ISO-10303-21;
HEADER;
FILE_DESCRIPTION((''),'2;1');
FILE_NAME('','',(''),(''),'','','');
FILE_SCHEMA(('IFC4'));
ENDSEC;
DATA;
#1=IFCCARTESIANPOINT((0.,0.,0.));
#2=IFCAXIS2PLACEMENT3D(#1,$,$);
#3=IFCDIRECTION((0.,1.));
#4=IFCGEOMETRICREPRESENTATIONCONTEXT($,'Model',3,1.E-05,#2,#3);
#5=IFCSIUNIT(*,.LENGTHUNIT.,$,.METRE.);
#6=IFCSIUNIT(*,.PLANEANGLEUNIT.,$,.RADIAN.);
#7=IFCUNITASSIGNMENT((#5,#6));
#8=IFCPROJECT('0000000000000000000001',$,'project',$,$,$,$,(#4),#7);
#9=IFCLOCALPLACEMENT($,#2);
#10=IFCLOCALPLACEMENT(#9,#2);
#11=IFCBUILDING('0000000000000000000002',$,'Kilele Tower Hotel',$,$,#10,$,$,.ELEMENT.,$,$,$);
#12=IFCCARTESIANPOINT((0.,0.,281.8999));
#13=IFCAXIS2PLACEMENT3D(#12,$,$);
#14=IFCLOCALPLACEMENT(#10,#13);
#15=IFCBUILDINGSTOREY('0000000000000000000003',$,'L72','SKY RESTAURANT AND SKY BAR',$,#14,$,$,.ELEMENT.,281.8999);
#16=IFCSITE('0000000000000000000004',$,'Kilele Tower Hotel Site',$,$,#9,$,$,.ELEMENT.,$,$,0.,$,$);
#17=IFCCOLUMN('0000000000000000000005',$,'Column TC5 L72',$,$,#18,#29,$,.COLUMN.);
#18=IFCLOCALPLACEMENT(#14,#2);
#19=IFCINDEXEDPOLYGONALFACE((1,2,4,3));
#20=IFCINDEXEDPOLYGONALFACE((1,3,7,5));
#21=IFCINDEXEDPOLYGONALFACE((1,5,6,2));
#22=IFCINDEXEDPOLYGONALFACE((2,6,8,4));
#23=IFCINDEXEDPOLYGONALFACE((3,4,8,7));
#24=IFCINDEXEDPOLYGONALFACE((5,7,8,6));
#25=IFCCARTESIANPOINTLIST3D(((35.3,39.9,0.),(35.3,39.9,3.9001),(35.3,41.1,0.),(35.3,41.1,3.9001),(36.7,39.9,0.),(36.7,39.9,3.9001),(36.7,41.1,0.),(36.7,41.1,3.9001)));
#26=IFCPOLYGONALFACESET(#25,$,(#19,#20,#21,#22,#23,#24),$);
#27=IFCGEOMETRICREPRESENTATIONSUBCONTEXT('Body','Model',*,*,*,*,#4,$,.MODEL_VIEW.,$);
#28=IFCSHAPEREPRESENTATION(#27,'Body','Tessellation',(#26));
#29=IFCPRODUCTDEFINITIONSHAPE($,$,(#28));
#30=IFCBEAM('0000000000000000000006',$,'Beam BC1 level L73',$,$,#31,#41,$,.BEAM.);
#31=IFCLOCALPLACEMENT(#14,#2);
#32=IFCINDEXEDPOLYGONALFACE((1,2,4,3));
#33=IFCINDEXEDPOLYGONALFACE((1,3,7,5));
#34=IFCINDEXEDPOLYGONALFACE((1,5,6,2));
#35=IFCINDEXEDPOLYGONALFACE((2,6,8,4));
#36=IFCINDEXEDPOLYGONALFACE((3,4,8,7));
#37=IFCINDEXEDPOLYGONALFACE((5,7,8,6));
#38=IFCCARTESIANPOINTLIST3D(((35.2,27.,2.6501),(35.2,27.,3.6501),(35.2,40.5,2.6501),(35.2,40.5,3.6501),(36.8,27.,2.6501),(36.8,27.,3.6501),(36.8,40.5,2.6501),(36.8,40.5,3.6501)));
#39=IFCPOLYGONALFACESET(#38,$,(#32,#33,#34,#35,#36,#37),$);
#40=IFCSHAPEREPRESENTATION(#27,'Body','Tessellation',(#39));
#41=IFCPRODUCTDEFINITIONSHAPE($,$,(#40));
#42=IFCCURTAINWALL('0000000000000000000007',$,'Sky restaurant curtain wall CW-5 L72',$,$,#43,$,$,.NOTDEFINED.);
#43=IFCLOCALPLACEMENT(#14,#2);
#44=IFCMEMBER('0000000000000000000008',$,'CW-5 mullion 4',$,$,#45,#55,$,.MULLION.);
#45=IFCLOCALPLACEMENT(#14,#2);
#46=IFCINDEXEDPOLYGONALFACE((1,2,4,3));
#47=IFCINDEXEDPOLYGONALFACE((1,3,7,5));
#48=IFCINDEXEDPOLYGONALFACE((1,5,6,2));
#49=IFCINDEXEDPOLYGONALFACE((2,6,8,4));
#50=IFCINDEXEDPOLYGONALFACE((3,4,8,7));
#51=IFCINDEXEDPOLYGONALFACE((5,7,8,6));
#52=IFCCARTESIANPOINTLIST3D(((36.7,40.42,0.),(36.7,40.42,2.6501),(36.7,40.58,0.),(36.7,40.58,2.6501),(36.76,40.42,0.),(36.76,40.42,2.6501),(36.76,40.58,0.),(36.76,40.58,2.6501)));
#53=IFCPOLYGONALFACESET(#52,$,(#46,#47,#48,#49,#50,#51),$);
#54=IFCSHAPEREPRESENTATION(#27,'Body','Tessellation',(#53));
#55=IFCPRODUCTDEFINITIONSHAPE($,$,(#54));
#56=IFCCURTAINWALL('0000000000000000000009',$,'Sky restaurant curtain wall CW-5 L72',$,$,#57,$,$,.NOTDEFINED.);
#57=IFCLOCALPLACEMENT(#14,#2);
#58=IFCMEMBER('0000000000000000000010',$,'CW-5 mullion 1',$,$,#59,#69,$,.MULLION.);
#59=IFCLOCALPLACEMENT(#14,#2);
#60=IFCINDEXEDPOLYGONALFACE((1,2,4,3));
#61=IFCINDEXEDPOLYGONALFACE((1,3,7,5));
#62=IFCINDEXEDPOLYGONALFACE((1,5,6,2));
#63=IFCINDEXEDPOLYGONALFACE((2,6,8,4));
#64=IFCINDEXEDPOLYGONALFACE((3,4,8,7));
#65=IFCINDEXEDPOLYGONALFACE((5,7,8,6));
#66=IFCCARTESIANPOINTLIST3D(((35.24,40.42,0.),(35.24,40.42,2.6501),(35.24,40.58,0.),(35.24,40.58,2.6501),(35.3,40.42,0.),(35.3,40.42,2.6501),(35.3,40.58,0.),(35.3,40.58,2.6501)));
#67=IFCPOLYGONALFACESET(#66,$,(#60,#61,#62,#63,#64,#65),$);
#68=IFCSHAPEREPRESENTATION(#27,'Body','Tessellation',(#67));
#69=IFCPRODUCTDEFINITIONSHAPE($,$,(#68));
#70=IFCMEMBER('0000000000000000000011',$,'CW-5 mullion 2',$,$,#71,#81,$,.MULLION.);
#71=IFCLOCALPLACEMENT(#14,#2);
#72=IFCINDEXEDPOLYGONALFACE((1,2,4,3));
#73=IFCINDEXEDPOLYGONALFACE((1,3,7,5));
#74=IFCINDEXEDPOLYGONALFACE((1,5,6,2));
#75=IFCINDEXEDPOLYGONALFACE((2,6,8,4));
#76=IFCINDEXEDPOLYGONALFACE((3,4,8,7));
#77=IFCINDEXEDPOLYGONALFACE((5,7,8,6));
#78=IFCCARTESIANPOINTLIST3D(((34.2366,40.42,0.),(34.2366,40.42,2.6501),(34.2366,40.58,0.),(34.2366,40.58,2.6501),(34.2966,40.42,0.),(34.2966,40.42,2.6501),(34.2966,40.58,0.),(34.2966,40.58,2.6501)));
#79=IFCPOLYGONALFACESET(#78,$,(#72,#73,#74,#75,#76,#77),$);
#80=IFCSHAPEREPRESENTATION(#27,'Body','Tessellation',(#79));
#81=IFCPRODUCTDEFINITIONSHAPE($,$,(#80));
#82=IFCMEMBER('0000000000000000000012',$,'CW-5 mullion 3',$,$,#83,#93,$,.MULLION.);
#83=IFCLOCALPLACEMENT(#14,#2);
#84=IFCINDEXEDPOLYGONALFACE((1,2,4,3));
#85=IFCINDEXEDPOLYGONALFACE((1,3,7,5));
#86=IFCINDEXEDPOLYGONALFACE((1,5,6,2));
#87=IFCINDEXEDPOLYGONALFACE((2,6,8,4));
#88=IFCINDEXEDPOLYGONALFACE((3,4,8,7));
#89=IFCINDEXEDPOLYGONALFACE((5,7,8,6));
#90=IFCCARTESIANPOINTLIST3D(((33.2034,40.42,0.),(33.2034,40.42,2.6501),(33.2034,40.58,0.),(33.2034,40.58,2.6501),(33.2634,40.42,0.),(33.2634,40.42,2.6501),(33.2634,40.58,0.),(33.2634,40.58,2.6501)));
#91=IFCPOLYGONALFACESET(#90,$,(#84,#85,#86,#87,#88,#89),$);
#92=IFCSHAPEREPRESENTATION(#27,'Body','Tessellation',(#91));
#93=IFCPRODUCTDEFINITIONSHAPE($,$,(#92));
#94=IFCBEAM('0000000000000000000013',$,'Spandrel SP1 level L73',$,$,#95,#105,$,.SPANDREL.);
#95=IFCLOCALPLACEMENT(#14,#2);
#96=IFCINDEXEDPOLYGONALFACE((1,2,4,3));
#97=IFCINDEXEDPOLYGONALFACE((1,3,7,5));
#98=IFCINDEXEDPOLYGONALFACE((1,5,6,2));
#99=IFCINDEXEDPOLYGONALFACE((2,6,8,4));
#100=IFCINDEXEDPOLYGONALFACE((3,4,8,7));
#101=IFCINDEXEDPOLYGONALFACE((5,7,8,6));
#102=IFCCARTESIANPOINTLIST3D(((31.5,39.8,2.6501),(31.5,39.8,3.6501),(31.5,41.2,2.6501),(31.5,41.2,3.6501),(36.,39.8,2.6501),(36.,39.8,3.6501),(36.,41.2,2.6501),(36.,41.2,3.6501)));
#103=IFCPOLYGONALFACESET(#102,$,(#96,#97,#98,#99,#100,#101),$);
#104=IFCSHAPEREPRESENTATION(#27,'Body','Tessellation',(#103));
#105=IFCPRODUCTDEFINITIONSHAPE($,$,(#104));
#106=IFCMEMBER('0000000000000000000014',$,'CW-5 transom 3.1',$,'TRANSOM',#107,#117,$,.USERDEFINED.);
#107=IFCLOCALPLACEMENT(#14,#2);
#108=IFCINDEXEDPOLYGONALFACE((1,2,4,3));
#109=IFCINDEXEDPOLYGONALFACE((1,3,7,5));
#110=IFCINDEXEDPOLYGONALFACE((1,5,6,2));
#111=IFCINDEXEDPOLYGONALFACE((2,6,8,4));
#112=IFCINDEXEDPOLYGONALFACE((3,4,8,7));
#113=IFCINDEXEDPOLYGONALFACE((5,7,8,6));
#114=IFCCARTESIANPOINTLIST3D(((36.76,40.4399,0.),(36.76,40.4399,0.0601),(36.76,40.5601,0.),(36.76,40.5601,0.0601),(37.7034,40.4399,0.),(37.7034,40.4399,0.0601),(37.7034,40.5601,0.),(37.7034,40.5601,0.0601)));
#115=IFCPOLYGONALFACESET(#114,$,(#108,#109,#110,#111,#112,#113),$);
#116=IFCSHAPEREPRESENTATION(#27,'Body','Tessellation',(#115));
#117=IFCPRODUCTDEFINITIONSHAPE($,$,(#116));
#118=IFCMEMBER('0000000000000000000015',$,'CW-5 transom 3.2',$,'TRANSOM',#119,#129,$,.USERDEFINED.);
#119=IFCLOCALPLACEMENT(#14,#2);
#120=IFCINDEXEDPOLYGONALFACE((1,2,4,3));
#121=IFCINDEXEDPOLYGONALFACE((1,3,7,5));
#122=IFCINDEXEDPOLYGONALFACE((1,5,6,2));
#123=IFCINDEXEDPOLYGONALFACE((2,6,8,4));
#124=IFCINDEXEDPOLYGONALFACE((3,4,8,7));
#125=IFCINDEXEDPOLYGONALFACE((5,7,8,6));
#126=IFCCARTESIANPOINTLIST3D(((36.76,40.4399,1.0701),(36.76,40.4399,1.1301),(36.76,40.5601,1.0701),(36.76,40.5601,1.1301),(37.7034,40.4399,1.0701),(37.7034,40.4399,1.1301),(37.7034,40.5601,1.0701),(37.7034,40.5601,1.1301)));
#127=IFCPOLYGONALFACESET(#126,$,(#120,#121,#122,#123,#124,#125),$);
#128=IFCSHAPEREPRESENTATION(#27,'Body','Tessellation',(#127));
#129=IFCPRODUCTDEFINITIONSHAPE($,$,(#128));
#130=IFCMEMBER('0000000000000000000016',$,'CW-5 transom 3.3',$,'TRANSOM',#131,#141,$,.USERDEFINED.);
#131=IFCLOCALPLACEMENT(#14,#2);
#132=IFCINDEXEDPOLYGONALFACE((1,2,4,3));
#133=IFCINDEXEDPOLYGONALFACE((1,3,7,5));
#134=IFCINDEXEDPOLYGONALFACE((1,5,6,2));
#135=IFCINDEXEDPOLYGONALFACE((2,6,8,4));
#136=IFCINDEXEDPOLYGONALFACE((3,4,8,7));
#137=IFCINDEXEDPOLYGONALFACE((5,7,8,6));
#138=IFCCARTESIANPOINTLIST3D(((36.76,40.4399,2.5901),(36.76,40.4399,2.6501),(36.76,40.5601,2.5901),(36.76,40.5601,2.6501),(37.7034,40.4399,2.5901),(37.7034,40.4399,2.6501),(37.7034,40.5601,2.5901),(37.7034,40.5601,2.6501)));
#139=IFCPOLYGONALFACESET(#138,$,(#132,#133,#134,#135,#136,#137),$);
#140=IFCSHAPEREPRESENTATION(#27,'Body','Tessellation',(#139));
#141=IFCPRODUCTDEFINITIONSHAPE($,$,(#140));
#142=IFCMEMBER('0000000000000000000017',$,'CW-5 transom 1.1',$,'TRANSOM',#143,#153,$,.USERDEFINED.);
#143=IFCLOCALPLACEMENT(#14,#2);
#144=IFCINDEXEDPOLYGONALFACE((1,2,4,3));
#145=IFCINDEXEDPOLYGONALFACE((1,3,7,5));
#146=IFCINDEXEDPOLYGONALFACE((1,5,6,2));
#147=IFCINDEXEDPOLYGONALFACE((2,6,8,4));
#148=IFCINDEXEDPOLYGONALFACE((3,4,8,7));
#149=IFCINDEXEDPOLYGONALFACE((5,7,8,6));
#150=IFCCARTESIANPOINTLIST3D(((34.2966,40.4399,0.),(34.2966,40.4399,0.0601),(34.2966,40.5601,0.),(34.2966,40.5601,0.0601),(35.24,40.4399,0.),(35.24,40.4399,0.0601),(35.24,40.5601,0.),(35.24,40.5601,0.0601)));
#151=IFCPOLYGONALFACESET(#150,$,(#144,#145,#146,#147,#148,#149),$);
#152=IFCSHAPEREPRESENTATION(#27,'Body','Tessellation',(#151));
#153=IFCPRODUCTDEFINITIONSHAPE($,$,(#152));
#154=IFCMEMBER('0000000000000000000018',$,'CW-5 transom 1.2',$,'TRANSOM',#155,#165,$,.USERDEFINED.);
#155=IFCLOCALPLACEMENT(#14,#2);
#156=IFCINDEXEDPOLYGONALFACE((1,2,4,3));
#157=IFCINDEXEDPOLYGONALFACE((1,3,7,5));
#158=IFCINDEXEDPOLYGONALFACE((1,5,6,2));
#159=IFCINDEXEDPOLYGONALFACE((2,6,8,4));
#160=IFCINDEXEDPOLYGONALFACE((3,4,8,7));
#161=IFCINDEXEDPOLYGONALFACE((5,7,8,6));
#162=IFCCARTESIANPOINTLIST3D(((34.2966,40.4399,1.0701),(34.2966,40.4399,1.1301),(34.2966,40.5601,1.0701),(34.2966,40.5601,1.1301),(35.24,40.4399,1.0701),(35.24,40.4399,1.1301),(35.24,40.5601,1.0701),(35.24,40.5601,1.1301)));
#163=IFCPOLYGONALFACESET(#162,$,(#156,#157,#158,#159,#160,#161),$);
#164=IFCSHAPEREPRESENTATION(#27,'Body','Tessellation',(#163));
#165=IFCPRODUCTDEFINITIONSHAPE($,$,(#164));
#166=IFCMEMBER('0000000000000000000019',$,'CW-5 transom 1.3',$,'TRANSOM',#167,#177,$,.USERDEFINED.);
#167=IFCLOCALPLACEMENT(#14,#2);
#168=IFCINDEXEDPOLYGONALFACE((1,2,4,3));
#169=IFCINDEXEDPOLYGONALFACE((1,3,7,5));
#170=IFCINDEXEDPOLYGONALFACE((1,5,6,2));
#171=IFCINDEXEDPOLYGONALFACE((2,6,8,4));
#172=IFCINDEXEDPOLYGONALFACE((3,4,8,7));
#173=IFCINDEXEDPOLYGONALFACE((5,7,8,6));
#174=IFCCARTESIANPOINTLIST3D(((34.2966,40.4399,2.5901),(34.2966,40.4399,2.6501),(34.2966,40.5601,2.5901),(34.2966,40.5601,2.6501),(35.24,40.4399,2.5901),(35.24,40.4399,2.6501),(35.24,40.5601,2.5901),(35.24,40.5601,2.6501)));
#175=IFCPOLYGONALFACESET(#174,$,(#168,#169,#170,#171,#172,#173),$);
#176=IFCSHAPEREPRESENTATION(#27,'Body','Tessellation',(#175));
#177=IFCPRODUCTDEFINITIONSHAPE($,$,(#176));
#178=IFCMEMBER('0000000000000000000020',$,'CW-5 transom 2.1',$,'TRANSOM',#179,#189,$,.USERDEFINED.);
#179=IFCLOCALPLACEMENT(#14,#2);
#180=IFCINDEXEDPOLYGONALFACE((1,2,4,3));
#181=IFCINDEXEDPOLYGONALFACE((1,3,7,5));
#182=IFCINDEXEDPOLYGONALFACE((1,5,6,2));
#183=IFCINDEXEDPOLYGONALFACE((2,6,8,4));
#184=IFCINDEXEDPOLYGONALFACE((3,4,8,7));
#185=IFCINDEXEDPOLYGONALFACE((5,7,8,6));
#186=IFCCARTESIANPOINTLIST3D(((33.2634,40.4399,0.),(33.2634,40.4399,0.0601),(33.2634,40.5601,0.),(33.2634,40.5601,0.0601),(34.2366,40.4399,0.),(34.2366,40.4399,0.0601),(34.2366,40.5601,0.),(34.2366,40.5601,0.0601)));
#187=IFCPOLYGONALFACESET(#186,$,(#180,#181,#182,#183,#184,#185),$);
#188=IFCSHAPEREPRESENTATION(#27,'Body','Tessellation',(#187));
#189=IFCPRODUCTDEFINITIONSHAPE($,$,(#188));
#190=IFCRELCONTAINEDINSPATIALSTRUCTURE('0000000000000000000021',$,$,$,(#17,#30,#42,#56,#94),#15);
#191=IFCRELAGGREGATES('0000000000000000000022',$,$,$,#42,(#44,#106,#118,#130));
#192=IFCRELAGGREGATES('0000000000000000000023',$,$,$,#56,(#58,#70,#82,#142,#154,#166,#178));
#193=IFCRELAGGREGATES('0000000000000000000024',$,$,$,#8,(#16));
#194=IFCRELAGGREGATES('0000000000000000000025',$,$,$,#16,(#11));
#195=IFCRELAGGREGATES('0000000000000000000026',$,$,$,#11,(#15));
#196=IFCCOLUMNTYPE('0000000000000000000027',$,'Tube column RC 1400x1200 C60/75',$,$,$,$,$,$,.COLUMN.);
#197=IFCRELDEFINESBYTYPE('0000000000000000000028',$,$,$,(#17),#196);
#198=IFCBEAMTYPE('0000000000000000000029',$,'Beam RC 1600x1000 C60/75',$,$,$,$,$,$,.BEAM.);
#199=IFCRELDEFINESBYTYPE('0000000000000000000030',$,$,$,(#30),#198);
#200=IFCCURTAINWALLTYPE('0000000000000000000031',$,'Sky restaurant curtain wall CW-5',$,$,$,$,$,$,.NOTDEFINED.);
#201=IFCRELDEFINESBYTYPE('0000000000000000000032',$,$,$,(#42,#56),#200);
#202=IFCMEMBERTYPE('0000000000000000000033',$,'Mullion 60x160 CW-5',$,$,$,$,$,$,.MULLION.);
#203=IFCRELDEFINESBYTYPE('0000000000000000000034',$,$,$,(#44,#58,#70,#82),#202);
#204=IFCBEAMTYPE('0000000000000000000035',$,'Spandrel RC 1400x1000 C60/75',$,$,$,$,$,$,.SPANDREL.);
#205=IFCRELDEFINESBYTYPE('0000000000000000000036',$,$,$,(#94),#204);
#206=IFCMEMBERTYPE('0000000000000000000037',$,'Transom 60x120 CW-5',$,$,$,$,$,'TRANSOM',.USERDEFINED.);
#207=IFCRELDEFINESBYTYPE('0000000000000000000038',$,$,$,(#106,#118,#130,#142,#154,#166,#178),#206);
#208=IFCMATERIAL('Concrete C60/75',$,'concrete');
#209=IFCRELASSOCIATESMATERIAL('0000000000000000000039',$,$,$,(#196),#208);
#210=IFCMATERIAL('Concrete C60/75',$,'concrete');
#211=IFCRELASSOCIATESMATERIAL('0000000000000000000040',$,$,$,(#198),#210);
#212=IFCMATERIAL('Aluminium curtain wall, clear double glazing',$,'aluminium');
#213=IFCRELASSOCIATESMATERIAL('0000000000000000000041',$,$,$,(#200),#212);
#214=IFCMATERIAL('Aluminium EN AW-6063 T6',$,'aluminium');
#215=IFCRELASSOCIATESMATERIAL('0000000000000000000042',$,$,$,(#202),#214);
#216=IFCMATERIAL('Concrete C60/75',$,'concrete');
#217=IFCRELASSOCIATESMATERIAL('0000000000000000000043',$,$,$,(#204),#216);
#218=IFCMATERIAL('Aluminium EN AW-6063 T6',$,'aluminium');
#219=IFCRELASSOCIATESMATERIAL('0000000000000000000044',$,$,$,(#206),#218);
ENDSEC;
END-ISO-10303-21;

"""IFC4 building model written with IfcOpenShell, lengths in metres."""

from ifc_helpers import new_model, si_unit, direction, frame, origin, origin_2d, place, context, subcontext, project, spatial, rectangle, extrude, material, material_profile, profile_set, type_object, element, aggregate, save


model = new_model("IFC4")

# Units and contexts
model_context = context("Model", 3, precision=1e-05, world=origin(), true_north=direction((0.0, 1.0)))
body_context = subcontext(model_context, "Body", "Model", "MODEL_VIEW")
ifc_project = project(units=[si_unit("LENGTHUNIT", "METRE"), si_unit("PLANEANGLEUNIT", "RADIAN")], contexts=[model_context])

# Site, building, storey
site_placement = place(None, origin())
site = spatial("IfcSite", under=ifc_project, at=site_placement, Name="Kilele Tower Hotel Site", CompositionType="ELEMENT", RefElevation=0.0)
building_placement = place(site_placement, origin())
building = spatial("IfcBuilding", under=site, at=building_placement, Name="Kilele Tower Hotel", CompositionType="ELEMENT")
storey_placement = place(building_placement, frame((0.0, 0.0, 281.8999)))
storey = spatial("IfcBuildingStorey", under=building, at=storey_placement, Name="L72", Description="SKY RESTAURANT AND SKY BAR", CompositionType="ELEMENT", Elevation=281.8999)

# Column
ifc_material_1 = material(Name="Concrete C60/75", Category="concrete")
ifc_material_profile_1 = material_profile(ifc_material_1, rectangle(XDim=1.3999, YDim=1.2, at=origin_2d()))
ifc_profile_set_1 = profile_set([ifc_material_profile_1], Name="Concrete C60/75")
column_type = type_object("IfcColumnType", Name="Tube column RC 1400x1200 C60/75", PredefinedType="COLUMN", material=ifc_profile_set_1)
column_placement = place(storey_placement, frame((36.0, 40.5, 0.0), z_axis=(0.0, 0.0, 1.0), x_axis=(1.0, 0.0, 0.0)))
element("IfcColumn", 1, at=column_placement, inside=storey, type_object=column_type, Name="Column TC5 L72", PredefinedType="COLUMN", context=body_context, shape_type="SweptSolid", body=[
    extrude(rectangle(XDim=1.3999, YDim=1.2, at=origin_2d()), origin(), (0.0, 0.0, 1.0), 3.9001),
])

# Beam
ifc_material_2 = material(Name="Concrete C60/75", Category="concrete")
ifc_material_profile_2 = material_profile(ifc_material_2, rectangle(XDim=1.6001, YDim=1.0, at=origin_2d()))
ifc_profile_set_2 = profile_set([ifc_material_profile_2], Name="Concrete C60/75")
beam_type_1 = type_object("IfcBeamType", Name="Beam RC 1600x1000 C60/75", PredefinedType="BEAM", material=ifc_profile_set_2)
beam_1_placement = place(storey_placement, frame((36.0, 40.5, 3.1501), z_axis=(0.0, -1.0, 0.0), x_axis=(1.0, 0.0, 0.0)))
element("IfcBeam", 2, at=beam_1_placement, inside=storey, type_object=beam_type_1, Name="Beam BC1 level L73", PredefinedType="BEAM", context=body_context, shape_type="SweptSolid", body=[
    extrude(rectangle(XDim=1.6001, YDim=1.0, at=origin_2d()), origin(), (0.0, 0.0, 1.0), 13.5),
])

# Curtain wall, member
ifc_material_3 = material(Name="Aluminium curtain wall, clear double glazing", Category="aluminium")
curtain_wall_type = type_object("IfcCurtainWallType", Name="Sky restaurant curtain wall CW-5", PredefinedType="NOTDEFINED", material=ifc_material_3)
curtain_wall_1_placement = place(storey_placement, origin())
curtain_wall_1 = element("IfcCurtainWall", 3, at=curtain_wall_1_placement, inside=storey, type_object=curtain_wall_type, Name="Sky restaurant curtain wall CW-5 L72", PredefinedType="NOTDEFINED")
ifc_material_4 = material(Name="Aluminium EN AW-6063 T6", Category="aluminium")
ifc_material_profile_3 = material_profile(ifc_material_4, rectangle(XDim=0.1599, YDim=0.0601, at=origin_2d()))
ifc_profile_set_3 = profile_set([ifc_material_profile_3], Name="Aluminium EN AW-6063 T6")
member_type_1 = type_object("IfcMemberType", Name="Mullion 60x160 CW-5", PredefinedType="MULLION", material=ifc_profile_set_3)
member_1_placement = place(storey_placement, frame((36.73, 40.5, 0.0), z_axis=(0.0, 0.0, 1.0), x_axis=(0.0, -1.0, 0.0)))
member_1 = element("IfcMember", 4, at=member_1_placement, type_object=member_type_1, Name="CW-5 mullion 4", PredefinedType="MULLION", context=body_context, shape_type="SweptSolid", body=[
    extrude(rectangle(XDim=0.1599, YDim=0.0601, at=origin_2d()), origin(), (0.0, 0.0, 1.0), 2.6501),
])

# Curtain wall, members
curtain_wall_2_placement = place(storey_placement, origin())
curtain_wall_2 = element("IfcCurtainWall", 5, at=curtain_wall_2_placement, inside=storey, type_object=curtain_wall_type, Name="Sky restaurant curtain wall CW-5 L72", PredefinedType="NOTDEFINED")
member_2_placement = place(storey_placement, frame((35.27, 40.5, 0.0), z_axis=(0.0, 0.0, 1.0), x_axis=(0.0, -1.0, 0.0)))
member_2 = element("IfcMember", 6, at=member_2_placement, type_object=member_type_1, Name="CW-5 mullion 1", PredefinedType="MULLION", context=body_context, shape_type="SweptSolid", body=[
    extrude(rectangle(XDim=0.1599, YDim=0.0601, at=origin_2d()), origin(), (0.0, 0.0, 1.0), 2.6501),
])
member_3_placement = place(storey_placement, frame((34.2666, 40.5, 0.0), z_axis=(0.0, 0.0, 1.0), x_axis=(0.0, -1.0, 0.0)))
member_3 = element("IfcMember", 7, at=member_3_placement, type_object=member_type_1, Name="CW-5 mullion 2", PredefinedType="MULLION", context=body_context, shape_type="SweptSolid", body=[
    extrude(rectangle(XDim=0.1599, YDim=0.0601, at=origin_2d()), origin(), (0.0, 0.0, 1.0), 2.6501),
])
member_4_placement = place(storey_placement, frame((33.2334, 40.5, 0.0), z_axis=(0.0, 0.0, 1.0), x_axis=(0.0, -1.0, 0.0)))
member_4 = element("IfcMember", 8, at=member_4_placement, type_object=member_type_1, Name="CW-5 mullion 3", PredefinedType="MULLION", context=body_context, shape_type="SweptSolid", body=[
    extrude(rectangle(XDim=0.1599, YDim=0.0601, at=origin_2d()), origin(), (0.0, 0.0, 1.0), 2.6501),
])

# Beam
ifc_material_5 = material(Name="Concrete C60/75", Category="concrete")
ifc_material_profile_4 = material_profile(ifc_material_5, rectangle(XDim=1.3999, YDim=1.0, at=origin_2d()))
ifc_profile_set_4 = profile_set([ifc_material_profile_4], Name="Concrete C60/75")
beam_type_2 = type_object("IfcBeamType", Name="Spandrel RC 1400x1000 C60/75", PredefinedType="SPANDREL", material=ifc_profile_set_4)
beam_2_placement = place(storey_placement, frame((36.0, 40.5, 3.1501), z_axis=(-1.0, 0.0, 0.0), x_axis=(0.0, -1.0, 0.0)))
element("IfcBeam", 9, at=beam_2_placement, inside=storey, type_object=beam_type_2, Name="Spandrel SP1 level L73", PredefinedType="SPANDREL", context=body_context, shape_type="SweptSolid", body=[
    extrude(rectangle(XDim=1.3999, YDim=1.0, at=origin_2d()), origin(), (0.0, 0.0, 1.0), 4.5),
])

# Members
ifc_material_6 = material(Name="Aluminium EN AW-6063 T6", Category="aluminium")
ifc_material_profile_5 = material_profile(ifc_material_6, rectangle(XDim=0.1201, YDim=0.0601, at=origin_2d()))
ifc_profile_set_5 = profile_set([ifc_material_profile_5], Name="Aluminium EN AW-6063 T6")
member_type_2 = type_object("IfcMemberType", Name="Transom 60x120 CW-5", ElementType="TRANSOM", PredefinedType="USERDEFINED", material=ifc_profile_set_5)
member_5_placement = place(storey_placement, frame((37.7034, 40.5, 0.03), z_axis=(-1.0, 0.0, 0.0), x_axis=(0.0, -1.0, 0.0)))
member_5 = element("IfcMember", 10, at=member_5_placement, type_object=member_type_2, Name="CW-5 transom 3.1", ObjectType="TRANSOM", PredefinedType="USERDEFINED", context=body_context, shape_type="SweptSolid", body=[
    extrude(rectangle(XDim=0.1201, YDim=0.0601, at=origin_2d()), origin(), (0.0, 0.0, 1.0), 0.9434),
])
member_6_placement = place(storey_placement, frame((37.7034, 40.5, 1.1001), z_axis=(-1.0, 0.0, 0.0), x_axis=(0.0, -1.0, 0.0)))
member_6 = element("IfcMember", 11, at=member_6_placement, type_object=member_type_2, Name="CW-5 transom 3.2", ObjectType="TRANSOM", PredefinedType="USERDEFINED", context=body_context, shape_type="SweptSolid", body=[
    extrude(rectangle(XDim=0.1201, YDim=0.0601, at=origin_2d()), origin(), (0.0, 0.0, 1.0), 0.9434),
])
member_7_placement = place(storey_placement, frame((37.7034, 40.5, 2.6201), z_axis=(-1.0, 0.0, 0.0), x_axis=(0.0, -1.0, 0.0)))
member_7 = element("IfcMember", 12, at=member_7_placement, type_object=member_type_2, Name="CW-5 transom 3.3", ObjectType="TRANSOM", PredefinedType="USERDEFINED", context=body_context, shape_type="SweptSolid", body=[
    extrude(rectangle(XDim=0.1201, YDim=0.0601, at=origin_2d()), origin(), (0.0, 0.0, 1.0), 0.9434),
])
member_8_placement = place(storey_placement, frame((35.24, 40.5, 0.03), z_axis=(-1.0, 0.0, 0.0), x_axis=(0.0, -1.0, 0.0)))
member_8 = element("IfcMember", 13, at=member_8_placement, type_object=member_type_2, Name="CW-5 transom 1.1", ObjectType="TRANSOM", PredefinedType="USERDEFINED", context=body_context, shape_type="SweptSolid", body=[
    extrude(rectangle(XDim=0.1201, YDim=0.0601, at=origin_2d()), origin(), (0.0, 0.0, 1.0), 0.9434),
])
member_9_placement = place(storey_placement, frame((35.24, 40.5, 1.1001), z_axis=(-1.0, 0.0, 0.0), x_axis=(0.0, -1.0, 0.0)))
member_9 = element("IfcMember", 14, at=member_9_placement, type_object=member_type_2, Name="CW-5 transom 1.2", ObjectType="TRANSOM", PredefinedType="USERDEFINED", context=body_context, shape_type="SweptSolid", body=[
    extrude(rectangle(XDim=0.1201, YDim=0.0601, at=origin_2d()), origin(), (0.0, 0.0, 1.0), 0.9434),
])
member_10_placement = place(storey_placement, frame((35.24, 40.5, 2.6201), z_axis=(-1.0, 0.0, 0.0), x_axis=(0.0, -1.0, 0.0)))
member_10 = element("IfcMember", 15, at=member_10_placement, type_object=member_type_2, Name="CW-5 transom 1.3", ObjectType="TRANSOM", PredefinedType="USERDEFINED", context=body_context, shape_type="SweptSolid", body=[
    extrude(rectangle(XDim=0.1201, YDim=0.0601, at=origin_2d()), origin(), (0.0, 0.0, 1.0), 0.9434),
])
member_11_placement = place(storey_placement, frame((34.2366, 40.5, 0.03), z_axis=(-1.0, 0.0, 0.0), x_axis=(0.0, -1.0, 0.0)))
member_11 = element("IfcMember", 16, at=member_11_placement, type_object=member_type_2, Name="CW-5 transom 2.1", ObjectType="TRANSOM", PredefinedType="USERDEFINED", context=body_context, shape_type="SweptSolid", body=[
    extrude(rectangle(XDim=0.1201, YDim=0.0601, at=origin_2d()), origin(), (0.0, 0.0, 1.0), 0.9731),
])

aggregate(curtain_wall_1, [member_1, member_5, member_6, member_7])
aggregate(curtain_wall_2, [member_2, member_3, member_4, member_8, member_9, member_10, member_11])

save(model, "model.ifc")
